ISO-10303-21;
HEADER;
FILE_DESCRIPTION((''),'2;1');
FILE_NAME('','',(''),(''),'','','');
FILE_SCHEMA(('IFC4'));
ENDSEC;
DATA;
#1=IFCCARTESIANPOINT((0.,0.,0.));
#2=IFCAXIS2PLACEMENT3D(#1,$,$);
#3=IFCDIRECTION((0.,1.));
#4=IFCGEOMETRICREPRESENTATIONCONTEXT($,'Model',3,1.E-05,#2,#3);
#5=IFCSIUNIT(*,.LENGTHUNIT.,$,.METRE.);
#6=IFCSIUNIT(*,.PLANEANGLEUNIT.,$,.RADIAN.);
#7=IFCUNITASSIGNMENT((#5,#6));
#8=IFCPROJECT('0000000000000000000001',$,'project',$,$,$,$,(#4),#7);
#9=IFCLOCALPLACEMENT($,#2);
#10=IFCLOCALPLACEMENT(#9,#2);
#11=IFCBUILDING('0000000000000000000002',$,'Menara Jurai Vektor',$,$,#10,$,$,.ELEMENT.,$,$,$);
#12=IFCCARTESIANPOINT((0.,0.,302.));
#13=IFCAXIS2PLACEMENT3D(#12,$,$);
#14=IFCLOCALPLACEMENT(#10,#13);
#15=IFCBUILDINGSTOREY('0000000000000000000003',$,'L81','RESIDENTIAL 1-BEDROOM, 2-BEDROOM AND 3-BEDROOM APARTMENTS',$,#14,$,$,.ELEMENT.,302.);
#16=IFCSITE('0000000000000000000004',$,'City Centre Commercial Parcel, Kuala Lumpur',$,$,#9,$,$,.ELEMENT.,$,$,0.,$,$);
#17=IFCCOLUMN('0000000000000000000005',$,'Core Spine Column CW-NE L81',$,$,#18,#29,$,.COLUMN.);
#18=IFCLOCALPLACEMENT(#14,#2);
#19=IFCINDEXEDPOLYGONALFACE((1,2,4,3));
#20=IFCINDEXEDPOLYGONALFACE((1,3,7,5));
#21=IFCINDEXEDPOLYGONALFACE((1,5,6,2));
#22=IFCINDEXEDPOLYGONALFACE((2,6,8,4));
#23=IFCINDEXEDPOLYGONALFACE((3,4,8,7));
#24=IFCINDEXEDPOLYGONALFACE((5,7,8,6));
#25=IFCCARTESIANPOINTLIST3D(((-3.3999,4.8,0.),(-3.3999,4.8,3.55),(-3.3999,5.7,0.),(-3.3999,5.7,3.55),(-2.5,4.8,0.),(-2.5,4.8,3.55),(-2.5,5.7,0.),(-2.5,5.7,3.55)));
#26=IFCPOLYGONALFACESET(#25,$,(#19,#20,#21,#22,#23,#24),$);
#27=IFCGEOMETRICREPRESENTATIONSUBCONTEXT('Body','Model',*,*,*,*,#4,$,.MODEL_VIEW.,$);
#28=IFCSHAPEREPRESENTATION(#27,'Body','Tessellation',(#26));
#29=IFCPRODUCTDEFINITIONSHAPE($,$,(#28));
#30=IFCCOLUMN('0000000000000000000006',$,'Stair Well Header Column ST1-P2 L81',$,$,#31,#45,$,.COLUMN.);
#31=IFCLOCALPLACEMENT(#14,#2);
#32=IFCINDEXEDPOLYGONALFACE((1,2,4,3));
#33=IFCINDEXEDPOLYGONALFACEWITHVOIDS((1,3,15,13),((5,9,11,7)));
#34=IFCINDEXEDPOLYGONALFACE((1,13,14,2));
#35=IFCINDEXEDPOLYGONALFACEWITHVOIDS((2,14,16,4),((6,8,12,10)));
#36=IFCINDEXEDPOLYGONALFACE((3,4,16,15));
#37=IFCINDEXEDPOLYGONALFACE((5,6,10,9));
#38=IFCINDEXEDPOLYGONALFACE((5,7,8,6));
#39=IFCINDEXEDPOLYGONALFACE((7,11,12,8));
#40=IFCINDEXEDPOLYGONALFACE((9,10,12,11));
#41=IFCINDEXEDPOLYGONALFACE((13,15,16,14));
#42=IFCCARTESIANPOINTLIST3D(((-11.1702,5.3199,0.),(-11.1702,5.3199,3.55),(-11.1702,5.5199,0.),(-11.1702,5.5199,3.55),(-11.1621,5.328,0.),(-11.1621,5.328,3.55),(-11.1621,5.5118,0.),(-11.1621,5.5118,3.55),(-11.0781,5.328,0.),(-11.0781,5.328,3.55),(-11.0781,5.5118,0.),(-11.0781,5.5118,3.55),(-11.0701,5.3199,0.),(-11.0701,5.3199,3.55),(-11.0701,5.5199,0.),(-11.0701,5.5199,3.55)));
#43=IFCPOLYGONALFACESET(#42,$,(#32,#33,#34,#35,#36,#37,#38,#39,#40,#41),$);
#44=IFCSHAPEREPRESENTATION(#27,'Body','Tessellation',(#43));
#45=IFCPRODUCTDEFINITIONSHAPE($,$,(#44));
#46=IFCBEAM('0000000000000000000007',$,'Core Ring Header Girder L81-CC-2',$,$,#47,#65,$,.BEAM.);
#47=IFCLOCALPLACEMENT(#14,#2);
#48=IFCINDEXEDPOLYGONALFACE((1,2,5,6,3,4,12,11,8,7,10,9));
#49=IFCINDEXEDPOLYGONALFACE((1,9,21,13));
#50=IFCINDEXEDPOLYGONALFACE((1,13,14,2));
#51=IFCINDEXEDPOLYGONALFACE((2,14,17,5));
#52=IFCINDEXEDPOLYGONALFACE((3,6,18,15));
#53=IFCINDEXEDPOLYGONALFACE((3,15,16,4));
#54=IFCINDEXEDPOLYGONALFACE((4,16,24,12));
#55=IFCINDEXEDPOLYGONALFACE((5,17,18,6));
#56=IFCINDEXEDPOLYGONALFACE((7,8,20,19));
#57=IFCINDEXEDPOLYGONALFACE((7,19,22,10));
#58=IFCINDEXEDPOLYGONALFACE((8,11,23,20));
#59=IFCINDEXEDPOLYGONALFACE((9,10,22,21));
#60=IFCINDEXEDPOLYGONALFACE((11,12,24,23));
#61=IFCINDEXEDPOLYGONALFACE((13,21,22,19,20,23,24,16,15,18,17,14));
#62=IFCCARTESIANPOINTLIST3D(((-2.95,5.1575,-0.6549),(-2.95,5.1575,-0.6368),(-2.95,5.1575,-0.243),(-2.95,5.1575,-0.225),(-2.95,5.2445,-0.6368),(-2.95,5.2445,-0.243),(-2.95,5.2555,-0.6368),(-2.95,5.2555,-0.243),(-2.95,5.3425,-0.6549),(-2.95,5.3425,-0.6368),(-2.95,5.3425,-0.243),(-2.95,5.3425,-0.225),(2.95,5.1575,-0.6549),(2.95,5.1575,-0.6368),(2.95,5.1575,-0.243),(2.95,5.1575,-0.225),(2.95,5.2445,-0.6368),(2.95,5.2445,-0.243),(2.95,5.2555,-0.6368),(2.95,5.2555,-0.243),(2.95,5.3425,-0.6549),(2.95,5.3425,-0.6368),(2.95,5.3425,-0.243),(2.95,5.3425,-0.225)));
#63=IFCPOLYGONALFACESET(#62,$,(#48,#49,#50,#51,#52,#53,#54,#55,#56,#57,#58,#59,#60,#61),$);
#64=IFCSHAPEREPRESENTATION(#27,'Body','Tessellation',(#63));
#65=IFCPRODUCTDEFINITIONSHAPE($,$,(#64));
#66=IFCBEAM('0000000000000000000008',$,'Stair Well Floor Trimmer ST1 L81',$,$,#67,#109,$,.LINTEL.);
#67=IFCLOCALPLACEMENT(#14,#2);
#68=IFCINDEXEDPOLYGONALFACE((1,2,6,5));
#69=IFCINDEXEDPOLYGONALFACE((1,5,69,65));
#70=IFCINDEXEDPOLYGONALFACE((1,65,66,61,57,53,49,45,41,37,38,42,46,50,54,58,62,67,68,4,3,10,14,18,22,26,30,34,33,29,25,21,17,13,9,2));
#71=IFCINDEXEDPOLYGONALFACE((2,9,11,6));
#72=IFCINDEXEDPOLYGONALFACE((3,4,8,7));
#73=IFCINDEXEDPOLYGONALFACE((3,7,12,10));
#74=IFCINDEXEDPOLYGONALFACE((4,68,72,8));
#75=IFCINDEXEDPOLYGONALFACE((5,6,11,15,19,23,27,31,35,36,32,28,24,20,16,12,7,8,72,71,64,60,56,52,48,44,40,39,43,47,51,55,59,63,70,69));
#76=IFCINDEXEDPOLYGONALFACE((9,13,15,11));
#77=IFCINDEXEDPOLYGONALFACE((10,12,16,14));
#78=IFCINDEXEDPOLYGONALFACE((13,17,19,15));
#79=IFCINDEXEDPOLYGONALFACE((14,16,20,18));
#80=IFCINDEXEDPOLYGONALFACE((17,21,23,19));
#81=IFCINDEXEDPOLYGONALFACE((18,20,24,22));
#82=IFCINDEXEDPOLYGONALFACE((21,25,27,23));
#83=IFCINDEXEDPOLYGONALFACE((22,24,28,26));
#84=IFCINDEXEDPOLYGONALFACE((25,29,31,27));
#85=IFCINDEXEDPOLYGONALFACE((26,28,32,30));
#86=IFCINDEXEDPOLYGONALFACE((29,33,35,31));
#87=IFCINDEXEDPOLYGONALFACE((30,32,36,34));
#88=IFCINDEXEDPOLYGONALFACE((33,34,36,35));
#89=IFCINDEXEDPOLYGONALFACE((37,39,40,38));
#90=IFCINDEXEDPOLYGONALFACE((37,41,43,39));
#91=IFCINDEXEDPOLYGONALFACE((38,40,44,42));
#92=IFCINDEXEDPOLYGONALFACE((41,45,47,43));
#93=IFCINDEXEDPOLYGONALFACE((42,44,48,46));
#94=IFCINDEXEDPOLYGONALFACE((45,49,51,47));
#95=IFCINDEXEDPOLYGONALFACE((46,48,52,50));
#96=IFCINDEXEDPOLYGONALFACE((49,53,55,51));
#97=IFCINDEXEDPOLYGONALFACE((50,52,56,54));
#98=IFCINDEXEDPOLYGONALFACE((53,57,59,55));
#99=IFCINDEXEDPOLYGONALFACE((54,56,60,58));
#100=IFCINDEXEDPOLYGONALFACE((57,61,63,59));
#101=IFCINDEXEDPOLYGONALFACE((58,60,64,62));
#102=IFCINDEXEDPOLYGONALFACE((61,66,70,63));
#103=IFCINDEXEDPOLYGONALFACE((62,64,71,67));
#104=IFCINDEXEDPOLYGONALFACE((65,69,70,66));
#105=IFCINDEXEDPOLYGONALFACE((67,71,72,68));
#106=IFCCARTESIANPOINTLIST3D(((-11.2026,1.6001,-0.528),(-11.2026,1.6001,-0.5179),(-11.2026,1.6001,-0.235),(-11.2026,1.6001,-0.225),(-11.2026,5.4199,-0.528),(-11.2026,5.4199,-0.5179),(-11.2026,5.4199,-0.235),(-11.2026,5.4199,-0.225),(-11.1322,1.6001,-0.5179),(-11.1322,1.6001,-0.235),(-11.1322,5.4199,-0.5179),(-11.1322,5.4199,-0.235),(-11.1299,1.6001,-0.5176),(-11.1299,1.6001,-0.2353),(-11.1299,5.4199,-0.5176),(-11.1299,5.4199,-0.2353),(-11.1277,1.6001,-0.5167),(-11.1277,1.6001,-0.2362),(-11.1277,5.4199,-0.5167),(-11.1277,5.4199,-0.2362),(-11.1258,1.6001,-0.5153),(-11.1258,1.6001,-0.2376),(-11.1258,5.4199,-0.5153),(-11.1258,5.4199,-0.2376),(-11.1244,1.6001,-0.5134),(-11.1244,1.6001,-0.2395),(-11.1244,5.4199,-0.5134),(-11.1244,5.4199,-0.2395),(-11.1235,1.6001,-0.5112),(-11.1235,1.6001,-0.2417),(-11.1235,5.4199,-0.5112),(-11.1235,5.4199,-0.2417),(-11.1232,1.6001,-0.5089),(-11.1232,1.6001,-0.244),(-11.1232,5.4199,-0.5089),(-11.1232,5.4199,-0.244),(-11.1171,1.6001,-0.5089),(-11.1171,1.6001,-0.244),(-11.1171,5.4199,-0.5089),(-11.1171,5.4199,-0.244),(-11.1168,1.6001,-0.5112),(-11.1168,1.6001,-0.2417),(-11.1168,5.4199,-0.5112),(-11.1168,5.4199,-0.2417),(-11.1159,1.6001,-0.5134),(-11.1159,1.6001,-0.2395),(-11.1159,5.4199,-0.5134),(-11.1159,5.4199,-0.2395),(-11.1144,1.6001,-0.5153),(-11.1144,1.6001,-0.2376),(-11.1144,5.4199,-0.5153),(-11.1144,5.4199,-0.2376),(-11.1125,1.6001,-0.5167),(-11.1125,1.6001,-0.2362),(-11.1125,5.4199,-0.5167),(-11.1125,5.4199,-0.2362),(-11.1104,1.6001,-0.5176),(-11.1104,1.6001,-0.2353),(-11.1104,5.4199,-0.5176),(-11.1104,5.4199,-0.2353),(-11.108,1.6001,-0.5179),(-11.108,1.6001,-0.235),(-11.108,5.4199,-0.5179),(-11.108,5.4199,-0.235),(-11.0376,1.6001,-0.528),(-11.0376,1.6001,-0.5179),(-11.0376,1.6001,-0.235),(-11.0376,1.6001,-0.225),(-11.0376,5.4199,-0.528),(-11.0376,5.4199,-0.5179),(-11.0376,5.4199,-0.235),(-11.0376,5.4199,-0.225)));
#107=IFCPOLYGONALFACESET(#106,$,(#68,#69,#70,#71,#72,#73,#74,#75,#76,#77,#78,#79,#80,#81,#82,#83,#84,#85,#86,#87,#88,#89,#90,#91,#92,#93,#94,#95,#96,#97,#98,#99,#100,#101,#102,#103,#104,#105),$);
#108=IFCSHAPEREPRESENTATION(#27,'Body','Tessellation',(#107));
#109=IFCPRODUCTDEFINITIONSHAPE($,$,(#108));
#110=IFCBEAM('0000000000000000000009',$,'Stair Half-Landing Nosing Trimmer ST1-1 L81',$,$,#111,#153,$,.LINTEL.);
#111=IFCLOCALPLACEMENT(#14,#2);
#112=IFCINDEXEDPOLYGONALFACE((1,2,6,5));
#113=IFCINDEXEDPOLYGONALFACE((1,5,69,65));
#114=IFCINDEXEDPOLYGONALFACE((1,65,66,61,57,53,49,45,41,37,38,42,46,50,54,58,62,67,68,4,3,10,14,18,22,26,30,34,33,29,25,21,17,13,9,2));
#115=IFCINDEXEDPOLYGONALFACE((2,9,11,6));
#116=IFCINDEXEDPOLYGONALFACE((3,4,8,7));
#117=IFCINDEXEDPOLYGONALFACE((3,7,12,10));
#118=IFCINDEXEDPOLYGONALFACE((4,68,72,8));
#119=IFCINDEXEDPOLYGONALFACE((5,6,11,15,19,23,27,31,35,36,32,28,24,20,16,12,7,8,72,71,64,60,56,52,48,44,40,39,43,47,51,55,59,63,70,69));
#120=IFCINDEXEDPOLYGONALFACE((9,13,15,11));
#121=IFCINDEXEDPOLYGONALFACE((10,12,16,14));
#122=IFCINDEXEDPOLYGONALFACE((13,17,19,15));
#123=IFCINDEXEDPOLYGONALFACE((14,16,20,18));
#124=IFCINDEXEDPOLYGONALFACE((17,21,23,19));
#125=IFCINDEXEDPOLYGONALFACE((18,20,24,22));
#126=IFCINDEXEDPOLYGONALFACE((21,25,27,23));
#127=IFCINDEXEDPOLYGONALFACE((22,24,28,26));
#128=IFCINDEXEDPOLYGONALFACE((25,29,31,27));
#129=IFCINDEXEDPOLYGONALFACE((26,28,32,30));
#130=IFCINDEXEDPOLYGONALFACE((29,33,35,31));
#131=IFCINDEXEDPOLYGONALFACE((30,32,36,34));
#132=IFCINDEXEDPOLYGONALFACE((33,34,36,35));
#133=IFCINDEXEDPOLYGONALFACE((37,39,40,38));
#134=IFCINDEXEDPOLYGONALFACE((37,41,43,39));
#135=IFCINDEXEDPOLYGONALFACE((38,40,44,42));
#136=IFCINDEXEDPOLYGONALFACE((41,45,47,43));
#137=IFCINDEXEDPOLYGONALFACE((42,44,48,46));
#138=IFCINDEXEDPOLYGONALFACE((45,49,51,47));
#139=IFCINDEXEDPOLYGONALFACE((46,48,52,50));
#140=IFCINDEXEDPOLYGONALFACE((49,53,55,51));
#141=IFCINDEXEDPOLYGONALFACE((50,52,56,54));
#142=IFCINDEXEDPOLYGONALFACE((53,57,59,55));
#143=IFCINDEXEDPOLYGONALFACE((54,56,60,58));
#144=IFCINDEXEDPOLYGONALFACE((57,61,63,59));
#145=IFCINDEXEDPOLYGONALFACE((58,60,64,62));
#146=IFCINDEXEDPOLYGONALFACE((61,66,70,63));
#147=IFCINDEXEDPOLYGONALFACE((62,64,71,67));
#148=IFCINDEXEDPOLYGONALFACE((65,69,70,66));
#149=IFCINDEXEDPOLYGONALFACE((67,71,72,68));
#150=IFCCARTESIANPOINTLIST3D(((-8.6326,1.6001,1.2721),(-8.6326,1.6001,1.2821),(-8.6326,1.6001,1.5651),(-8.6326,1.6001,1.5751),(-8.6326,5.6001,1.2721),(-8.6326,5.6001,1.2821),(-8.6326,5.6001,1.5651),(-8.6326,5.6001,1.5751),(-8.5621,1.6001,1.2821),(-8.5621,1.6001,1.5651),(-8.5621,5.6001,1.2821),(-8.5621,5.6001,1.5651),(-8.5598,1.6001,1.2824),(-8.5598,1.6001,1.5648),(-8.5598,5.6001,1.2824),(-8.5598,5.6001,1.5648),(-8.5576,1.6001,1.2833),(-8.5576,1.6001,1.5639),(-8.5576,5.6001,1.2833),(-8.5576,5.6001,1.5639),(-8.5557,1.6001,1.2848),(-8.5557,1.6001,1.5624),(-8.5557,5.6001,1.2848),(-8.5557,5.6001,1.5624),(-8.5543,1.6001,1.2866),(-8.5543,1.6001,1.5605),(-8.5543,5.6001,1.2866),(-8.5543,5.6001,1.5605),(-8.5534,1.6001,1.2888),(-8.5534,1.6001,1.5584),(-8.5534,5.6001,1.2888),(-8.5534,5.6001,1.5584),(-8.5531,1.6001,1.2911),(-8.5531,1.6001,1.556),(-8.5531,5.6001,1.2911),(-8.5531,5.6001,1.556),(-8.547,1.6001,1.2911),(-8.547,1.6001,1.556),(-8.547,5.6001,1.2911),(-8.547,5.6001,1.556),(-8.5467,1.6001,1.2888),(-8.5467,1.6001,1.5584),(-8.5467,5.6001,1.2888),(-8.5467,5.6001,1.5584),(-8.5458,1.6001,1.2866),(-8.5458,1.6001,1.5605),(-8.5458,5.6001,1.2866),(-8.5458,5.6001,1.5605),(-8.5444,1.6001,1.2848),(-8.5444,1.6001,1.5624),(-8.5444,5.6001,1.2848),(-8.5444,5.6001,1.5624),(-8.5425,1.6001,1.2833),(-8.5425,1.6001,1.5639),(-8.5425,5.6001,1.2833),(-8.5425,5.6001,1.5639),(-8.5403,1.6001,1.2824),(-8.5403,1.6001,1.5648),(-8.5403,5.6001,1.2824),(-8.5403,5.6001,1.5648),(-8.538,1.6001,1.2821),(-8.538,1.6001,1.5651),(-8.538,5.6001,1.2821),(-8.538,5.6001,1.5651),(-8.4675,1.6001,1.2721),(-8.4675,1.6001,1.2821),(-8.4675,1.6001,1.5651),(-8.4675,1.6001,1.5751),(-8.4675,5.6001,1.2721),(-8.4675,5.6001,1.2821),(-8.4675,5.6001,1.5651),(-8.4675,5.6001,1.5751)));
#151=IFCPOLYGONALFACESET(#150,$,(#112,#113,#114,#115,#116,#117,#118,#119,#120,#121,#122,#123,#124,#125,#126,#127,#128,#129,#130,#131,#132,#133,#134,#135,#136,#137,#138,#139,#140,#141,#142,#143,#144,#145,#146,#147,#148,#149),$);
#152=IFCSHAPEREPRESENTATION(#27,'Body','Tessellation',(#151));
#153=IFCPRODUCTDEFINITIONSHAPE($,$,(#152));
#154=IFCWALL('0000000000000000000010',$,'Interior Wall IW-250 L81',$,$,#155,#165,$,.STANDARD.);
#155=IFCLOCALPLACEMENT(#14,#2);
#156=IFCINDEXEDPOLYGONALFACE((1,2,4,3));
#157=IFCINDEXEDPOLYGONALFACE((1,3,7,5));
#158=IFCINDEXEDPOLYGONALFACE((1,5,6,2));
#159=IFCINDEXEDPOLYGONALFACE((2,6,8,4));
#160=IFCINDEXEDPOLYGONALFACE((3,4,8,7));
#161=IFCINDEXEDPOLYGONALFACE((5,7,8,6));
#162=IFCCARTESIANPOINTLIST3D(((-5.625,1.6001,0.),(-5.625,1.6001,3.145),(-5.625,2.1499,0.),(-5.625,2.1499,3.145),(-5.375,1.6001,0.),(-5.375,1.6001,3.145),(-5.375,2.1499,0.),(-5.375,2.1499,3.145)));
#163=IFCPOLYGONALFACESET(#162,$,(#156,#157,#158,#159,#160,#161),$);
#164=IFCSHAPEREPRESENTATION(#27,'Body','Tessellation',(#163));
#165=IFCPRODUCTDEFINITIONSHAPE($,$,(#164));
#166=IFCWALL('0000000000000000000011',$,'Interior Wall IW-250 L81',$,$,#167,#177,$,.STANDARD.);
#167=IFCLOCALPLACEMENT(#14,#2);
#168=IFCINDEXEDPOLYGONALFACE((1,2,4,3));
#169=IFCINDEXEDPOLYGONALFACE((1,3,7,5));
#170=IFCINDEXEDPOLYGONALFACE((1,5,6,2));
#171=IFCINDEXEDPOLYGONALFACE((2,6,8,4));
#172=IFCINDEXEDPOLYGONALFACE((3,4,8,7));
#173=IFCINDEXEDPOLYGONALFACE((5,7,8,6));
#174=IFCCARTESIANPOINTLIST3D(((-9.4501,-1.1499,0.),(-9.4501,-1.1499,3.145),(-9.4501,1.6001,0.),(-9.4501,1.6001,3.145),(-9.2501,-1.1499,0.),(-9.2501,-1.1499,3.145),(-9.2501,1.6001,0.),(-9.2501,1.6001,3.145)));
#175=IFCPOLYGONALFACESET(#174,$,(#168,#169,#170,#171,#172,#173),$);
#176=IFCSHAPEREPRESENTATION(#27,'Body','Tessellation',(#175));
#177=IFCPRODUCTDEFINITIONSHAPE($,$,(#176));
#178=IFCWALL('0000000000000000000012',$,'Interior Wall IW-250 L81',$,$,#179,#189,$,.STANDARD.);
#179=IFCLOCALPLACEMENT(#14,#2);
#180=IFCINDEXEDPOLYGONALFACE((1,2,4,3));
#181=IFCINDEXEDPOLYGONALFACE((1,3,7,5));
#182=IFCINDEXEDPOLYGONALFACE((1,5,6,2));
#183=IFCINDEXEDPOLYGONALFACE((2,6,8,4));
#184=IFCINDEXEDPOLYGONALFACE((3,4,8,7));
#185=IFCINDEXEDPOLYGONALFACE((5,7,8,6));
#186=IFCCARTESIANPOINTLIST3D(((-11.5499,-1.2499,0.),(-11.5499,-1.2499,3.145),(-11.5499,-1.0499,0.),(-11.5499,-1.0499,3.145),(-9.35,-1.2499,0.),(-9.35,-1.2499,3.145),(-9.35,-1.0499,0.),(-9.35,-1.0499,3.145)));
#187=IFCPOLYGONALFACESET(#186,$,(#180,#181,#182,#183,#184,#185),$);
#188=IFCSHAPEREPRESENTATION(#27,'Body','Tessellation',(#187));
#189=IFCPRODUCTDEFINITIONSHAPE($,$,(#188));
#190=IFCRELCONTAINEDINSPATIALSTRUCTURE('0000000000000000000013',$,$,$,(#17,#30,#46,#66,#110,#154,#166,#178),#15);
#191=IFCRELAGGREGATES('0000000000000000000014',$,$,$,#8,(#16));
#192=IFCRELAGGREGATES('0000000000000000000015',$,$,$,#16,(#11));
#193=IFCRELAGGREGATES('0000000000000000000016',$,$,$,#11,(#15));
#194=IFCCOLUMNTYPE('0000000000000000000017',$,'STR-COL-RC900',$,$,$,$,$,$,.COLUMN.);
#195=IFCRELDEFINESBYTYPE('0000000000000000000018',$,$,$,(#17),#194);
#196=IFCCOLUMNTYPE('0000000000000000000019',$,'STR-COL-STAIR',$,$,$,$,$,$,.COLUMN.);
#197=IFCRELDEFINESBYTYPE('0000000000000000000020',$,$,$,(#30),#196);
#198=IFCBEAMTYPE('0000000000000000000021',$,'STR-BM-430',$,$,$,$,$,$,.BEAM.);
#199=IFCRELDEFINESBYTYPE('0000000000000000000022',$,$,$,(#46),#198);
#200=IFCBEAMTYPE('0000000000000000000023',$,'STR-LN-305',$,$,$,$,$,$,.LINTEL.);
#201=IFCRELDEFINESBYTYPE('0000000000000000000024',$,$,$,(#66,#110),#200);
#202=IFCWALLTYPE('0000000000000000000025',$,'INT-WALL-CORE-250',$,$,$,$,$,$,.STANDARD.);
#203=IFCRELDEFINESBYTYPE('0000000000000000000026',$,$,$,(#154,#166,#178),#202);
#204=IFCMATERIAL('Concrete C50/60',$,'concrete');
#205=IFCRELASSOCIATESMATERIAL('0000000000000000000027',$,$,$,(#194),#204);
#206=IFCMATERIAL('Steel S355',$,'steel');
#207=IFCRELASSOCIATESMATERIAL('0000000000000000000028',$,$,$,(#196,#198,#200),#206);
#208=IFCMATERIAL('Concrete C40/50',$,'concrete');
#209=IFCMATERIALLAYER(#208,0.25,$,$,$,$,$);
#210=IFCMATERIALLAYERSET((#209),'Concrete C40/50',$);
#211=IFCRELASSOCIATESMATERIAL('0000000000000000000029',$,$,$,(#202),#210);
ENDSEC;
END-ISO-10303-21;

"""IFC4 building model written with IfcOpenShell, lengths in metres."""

from ifc_helpers import new_model, si_unit, direction, frame, frame_2d, origin, origin_2d, place, context, subcontext, project, spatial, rectangle, hollow_rectangle, i_section, extrude, material, layer, layer_set, material_profile, profile_set, type_object, element, save


model = new_model("IFC4")

# Units and contexts
model_context = context("Model", 3, precision=1e-05, world=origin(), true_north=direction((0.0, 1.0)))
body_context = subcontext(model_context, "Body", "Model", "MODEL_VIEW")
ifc_project = project(units=[si_unit("LENGTHUNIT", "METRE"), si_unit("PLANEANGLEUNIT", "RADIAN")], contexts=[model_context])

# Site, building, storey
site_placement = place(None, origin())
site = spatial("IfcSite", under=ifc_project, at=site_placement, Name="City Centre Commercial Parcel, Kuala Lumpur", CompositionType="ELEMENT", RefElevation=0.0)
building_placement = place(site_placement, origin())
building = spatial("IfcBuilding", under=site, at=building_placement, Name="Menara Jurai Vektor", CompositionType="ELEMENT")
storey_placement = place(building_placement, frame((0.0, 0.0, 302.0)))
storey = spatial("IfcBuildingStorey", under=building, at=storey_placement, Name="L81", Description="RESIDENTIAL 1-BEDROOM, 2-BEDROOM AND 3-BEDROOM APARTMENTS", CompositionType="ELEMENT", Elevation=302.0)

# Columns
ifc_material_1 = material(Name="Concrete C50/60", Category="concrete")
ifc_material_profile_1 = material_profile(ifc_material_1, rectangle(XDim=0.8999, YDim=0.8999, at=origin_2d()), Name="RC 900x900")
ifc_profile_set_1 = profile_set([ifc_material_profile_1], Name="Concrete C50/60")
column_type_1 = type_object("IfcColumnType", Name="STR-COL-RC900", PredefinedType="COLUMN", material=ifc_profile_set_1)
column_1_placement = place(storey_placement, frame((-2.95, 5.25, 0.0), z_axis=(0.0, 0.0, 1.0), x_axis=(1.0, 0.0, 0.0)))
element("IfcColumn", 1, at=column_1_placement, inside=storey, type_object=column_type_1, Name="Core Spine Column CW-NE L81", PredefinedType="COLUMN", context=body_context, shape_type="SweptSolid", body=[
    extrude(rectangle(XDim=0.8999, YDim=0.8999, at=origin_2d()), origin(), (0.0, 0.0, 1.0), 3.55),
])
ifc_material_2 = material(Name="Steel S355", Category="steel")
ifc_material_profile_2 = material_profile(ifc_material_2, hollow_rectangle(XDim=0.1001, YDim=0.2, WallThickness=0.0081, at=origin_2d()), Name="RHS 200x100x8")
ifc_profile_set_2 = profile_set([ifc_material_profile_2], Name="Steel S355")
column_type_2 = type_object("IfcColumnType", Name="STR-COL-STAIR", PredefinedType="COLUMN", material=ifc_profile_set_2)
column_2_placement = place(storey_placement, frame((-11.1201, 5.4199, 0.0), z_axis=(0.0, 0.0, 1.0), x_axis=(1.0, 0.0, 0.0)))
element("IfcColumn", 2, at=column_2_placement, inside=storey, type_object=column_type_2, Name="Stair Well Header Column ST1-P2 L81", PredefinedType="COLUMN", context=body_context, shape_type="SweptSolid", body=[
    extrude(hollow_rectangle(XDim=0.1001, YDim=0.2, WallThickness=0.0081, at=origin_2d()), origin(), (0.0, 0.0, 1.0), 3.55),
])

# Beams
ifc_material_profile_3 = material_profile(ifc_material_2, i_section(OverallWidth=0.1851, OverallDepth=0.4299, WebThickness=0.011, FlangeThickness=0.0181, at=origin_2d()), Name="PG 430x185x76")
ifc_profile_set_3 = profile_set([ifc_material_profile_3], Name="Steel S355")
beam_type_1 = type_object("IfcBeamType", Name="STR-BM-430", PredefinedType="BEAM", material=ifc_profile_set_3)
beam_1_placement = place(storey_placement, frame((-2.95, 5.25, -0.4399), z_axis=(1.0, 0.0, 0.0), x_axis=(0.0, 1.0, 0.0)))
element("IfcBeam", 3, at=beam_1_placement, inside=storey, type_object=beam_type_1, Name="Core Ring Header Girder L81-CC-2", PredefinedType="BEAM", context=body_context, shape_type="SweptSolid", body=[
    extrude(i_section(OverallWidth=0.1851, OverallDepth=0.4299, WebThickness=0.011, FlangeThickness=0.0181, at=origin_2d()), origin(), (0.0, 0.0, 1.0), 5.8999),
])
ifc_material_profile_4 = material_profile(ifc_material_2, i_section(OverallWidth=0.165, OverallDepth=0.303, WebThickness=0.0061, FlangeThickness=0.01, FilletRadius=0.009, at=origin_2d()), Name="UKB 305x165x40")
ifc_profile_set_4 = profile_set([ifc_material_profile_4], Name="Steel S355")
beam_type_2 = type_object("IfcBeamType", Name="STR-LN-305", PredefinedType="LINTEL", material=ifc_profile_set_4)
beam_2_placement = place(storey_placement, frame((-11.1201, 1.6001, -0.3765), z_axis=(0.0, 1.0, 0.0), x_axis=(-1.0, 0.0, 0.0)))
element("IfcBeam", 4, at=beam_2_placement, inside=storey, type_object=beam_type_2, Name="Stair Well Floor Trimmer ST1 L81", PredefinedType="LINTEL", context=body_context, shape_type="SweptSolid", body=[
    extrude(i_section(OverallWidth=0.165, OverallDepth=0.303, WebThickness=0.0061, FlangeThickness=0.01, FilletRadius=0.009, at=origin_2d()), origin(), (0.0, 0.0, 1.0), 3.8198),
])
beam_3_placement = place(storey_placement, frame((-8.55, 1.6001, 1.4236), z_axis=(0.0, 1.0, 0.0), x_axis=(-1.0, 0.0, 0.0)))
element("IfcBeam", 5, at=beam_3_placement, inside=storey, type_object=beam_type_2, Name="Stair Half-Landing Nosing Trimmer ST1-1 L81", PredefinedType="LINTEL", context=body_context, shape_type="SweptSolid", body=[
    extrude(i_section(OverallWidth=0.165, OverallDepth=0.303, WebThickness=0.0061, FlangeThickness=0.01, FilletRadius=0.009, at=origin_2d()), origin(), (0.0, 0.0, 1.0), 4.0),
])

# Wall
ifc_material_3 = material(Name="Concrete C40/50", Category="concrete")
ifc_layer_1 = layer(ifc_material_3, 0.25)
ifc_layer_set_1 = layer_set([ifc_layer_1], Name="Concrete C40/50")
wall_type_1 = type_object("IfcWallType", Name="INT-WALL-CORE-250", PredefinedType="STANDARD", material=ifc_layer_set_1)
wall_1_placement = place(storey_placement, frame((-5.5, 1.6001, 0.0), z_axis=(0.0, 0.0, 1.0), x_axis=(0.0, 1.0, 0.0)))
element("IfcWall", 6, at=wall_1_placement, inside=storey, type_object=wall_type_1, Name="Interior Wall IW-250 L81", PredefinedType="STANDARD", context=body_context, shape_type="SweptSolid", body=[
    extrude(rectangle(XDim=0.5498, YDim=0.25, at=frame_2d((0.2749, 0.0))), origin(), (0.0, 0.0, 1.0), 3.145),
])

# Walls
wall_2_placement = place(storey_placement, frame((-9.3501, -1.1499, 0.0), z_axis=(0.0, 0.0, 1.0), x_axis=(0.0, 1.0, 0.0)))
element("IfcWall", 7, at=wall_2_placement, inside=storey, type_object=wall_type_1, Name="Interior Wall IW-250 L81", PredefinedType="STANDARD", context=body_context, shape_type="SweptSolid", body=[
    extrude(rectangle(XDim=2.75, YDim=0.2, at=frame_2d((1.375, 0.0))), origin(), (0.0, 0.0, 1.0), 3.145),
])
wall_3_placement = place(storey_placement, frame((-11.55, -1.1499, 0.0), z_axis=(0.0, 0.0, 1.0), x_axis=(1.0, 0.0, 0.0)))
element("IfcWall", 8, at=wall_3_placement, inside=storey, type_object=wall_type_1, Name="Interior Wall IW-250 L81", PredefinedType="STANDARD", context=body_context, shape_type="SweptSolid", body=[
    extrude(rectangle(XDim=2.2, YDim=0.2, at=frame_2d((1.1001, 0.0))), origin(), (0.0, 0.0, 1.0), 3.145),
])

save(model, "model.ifc")
